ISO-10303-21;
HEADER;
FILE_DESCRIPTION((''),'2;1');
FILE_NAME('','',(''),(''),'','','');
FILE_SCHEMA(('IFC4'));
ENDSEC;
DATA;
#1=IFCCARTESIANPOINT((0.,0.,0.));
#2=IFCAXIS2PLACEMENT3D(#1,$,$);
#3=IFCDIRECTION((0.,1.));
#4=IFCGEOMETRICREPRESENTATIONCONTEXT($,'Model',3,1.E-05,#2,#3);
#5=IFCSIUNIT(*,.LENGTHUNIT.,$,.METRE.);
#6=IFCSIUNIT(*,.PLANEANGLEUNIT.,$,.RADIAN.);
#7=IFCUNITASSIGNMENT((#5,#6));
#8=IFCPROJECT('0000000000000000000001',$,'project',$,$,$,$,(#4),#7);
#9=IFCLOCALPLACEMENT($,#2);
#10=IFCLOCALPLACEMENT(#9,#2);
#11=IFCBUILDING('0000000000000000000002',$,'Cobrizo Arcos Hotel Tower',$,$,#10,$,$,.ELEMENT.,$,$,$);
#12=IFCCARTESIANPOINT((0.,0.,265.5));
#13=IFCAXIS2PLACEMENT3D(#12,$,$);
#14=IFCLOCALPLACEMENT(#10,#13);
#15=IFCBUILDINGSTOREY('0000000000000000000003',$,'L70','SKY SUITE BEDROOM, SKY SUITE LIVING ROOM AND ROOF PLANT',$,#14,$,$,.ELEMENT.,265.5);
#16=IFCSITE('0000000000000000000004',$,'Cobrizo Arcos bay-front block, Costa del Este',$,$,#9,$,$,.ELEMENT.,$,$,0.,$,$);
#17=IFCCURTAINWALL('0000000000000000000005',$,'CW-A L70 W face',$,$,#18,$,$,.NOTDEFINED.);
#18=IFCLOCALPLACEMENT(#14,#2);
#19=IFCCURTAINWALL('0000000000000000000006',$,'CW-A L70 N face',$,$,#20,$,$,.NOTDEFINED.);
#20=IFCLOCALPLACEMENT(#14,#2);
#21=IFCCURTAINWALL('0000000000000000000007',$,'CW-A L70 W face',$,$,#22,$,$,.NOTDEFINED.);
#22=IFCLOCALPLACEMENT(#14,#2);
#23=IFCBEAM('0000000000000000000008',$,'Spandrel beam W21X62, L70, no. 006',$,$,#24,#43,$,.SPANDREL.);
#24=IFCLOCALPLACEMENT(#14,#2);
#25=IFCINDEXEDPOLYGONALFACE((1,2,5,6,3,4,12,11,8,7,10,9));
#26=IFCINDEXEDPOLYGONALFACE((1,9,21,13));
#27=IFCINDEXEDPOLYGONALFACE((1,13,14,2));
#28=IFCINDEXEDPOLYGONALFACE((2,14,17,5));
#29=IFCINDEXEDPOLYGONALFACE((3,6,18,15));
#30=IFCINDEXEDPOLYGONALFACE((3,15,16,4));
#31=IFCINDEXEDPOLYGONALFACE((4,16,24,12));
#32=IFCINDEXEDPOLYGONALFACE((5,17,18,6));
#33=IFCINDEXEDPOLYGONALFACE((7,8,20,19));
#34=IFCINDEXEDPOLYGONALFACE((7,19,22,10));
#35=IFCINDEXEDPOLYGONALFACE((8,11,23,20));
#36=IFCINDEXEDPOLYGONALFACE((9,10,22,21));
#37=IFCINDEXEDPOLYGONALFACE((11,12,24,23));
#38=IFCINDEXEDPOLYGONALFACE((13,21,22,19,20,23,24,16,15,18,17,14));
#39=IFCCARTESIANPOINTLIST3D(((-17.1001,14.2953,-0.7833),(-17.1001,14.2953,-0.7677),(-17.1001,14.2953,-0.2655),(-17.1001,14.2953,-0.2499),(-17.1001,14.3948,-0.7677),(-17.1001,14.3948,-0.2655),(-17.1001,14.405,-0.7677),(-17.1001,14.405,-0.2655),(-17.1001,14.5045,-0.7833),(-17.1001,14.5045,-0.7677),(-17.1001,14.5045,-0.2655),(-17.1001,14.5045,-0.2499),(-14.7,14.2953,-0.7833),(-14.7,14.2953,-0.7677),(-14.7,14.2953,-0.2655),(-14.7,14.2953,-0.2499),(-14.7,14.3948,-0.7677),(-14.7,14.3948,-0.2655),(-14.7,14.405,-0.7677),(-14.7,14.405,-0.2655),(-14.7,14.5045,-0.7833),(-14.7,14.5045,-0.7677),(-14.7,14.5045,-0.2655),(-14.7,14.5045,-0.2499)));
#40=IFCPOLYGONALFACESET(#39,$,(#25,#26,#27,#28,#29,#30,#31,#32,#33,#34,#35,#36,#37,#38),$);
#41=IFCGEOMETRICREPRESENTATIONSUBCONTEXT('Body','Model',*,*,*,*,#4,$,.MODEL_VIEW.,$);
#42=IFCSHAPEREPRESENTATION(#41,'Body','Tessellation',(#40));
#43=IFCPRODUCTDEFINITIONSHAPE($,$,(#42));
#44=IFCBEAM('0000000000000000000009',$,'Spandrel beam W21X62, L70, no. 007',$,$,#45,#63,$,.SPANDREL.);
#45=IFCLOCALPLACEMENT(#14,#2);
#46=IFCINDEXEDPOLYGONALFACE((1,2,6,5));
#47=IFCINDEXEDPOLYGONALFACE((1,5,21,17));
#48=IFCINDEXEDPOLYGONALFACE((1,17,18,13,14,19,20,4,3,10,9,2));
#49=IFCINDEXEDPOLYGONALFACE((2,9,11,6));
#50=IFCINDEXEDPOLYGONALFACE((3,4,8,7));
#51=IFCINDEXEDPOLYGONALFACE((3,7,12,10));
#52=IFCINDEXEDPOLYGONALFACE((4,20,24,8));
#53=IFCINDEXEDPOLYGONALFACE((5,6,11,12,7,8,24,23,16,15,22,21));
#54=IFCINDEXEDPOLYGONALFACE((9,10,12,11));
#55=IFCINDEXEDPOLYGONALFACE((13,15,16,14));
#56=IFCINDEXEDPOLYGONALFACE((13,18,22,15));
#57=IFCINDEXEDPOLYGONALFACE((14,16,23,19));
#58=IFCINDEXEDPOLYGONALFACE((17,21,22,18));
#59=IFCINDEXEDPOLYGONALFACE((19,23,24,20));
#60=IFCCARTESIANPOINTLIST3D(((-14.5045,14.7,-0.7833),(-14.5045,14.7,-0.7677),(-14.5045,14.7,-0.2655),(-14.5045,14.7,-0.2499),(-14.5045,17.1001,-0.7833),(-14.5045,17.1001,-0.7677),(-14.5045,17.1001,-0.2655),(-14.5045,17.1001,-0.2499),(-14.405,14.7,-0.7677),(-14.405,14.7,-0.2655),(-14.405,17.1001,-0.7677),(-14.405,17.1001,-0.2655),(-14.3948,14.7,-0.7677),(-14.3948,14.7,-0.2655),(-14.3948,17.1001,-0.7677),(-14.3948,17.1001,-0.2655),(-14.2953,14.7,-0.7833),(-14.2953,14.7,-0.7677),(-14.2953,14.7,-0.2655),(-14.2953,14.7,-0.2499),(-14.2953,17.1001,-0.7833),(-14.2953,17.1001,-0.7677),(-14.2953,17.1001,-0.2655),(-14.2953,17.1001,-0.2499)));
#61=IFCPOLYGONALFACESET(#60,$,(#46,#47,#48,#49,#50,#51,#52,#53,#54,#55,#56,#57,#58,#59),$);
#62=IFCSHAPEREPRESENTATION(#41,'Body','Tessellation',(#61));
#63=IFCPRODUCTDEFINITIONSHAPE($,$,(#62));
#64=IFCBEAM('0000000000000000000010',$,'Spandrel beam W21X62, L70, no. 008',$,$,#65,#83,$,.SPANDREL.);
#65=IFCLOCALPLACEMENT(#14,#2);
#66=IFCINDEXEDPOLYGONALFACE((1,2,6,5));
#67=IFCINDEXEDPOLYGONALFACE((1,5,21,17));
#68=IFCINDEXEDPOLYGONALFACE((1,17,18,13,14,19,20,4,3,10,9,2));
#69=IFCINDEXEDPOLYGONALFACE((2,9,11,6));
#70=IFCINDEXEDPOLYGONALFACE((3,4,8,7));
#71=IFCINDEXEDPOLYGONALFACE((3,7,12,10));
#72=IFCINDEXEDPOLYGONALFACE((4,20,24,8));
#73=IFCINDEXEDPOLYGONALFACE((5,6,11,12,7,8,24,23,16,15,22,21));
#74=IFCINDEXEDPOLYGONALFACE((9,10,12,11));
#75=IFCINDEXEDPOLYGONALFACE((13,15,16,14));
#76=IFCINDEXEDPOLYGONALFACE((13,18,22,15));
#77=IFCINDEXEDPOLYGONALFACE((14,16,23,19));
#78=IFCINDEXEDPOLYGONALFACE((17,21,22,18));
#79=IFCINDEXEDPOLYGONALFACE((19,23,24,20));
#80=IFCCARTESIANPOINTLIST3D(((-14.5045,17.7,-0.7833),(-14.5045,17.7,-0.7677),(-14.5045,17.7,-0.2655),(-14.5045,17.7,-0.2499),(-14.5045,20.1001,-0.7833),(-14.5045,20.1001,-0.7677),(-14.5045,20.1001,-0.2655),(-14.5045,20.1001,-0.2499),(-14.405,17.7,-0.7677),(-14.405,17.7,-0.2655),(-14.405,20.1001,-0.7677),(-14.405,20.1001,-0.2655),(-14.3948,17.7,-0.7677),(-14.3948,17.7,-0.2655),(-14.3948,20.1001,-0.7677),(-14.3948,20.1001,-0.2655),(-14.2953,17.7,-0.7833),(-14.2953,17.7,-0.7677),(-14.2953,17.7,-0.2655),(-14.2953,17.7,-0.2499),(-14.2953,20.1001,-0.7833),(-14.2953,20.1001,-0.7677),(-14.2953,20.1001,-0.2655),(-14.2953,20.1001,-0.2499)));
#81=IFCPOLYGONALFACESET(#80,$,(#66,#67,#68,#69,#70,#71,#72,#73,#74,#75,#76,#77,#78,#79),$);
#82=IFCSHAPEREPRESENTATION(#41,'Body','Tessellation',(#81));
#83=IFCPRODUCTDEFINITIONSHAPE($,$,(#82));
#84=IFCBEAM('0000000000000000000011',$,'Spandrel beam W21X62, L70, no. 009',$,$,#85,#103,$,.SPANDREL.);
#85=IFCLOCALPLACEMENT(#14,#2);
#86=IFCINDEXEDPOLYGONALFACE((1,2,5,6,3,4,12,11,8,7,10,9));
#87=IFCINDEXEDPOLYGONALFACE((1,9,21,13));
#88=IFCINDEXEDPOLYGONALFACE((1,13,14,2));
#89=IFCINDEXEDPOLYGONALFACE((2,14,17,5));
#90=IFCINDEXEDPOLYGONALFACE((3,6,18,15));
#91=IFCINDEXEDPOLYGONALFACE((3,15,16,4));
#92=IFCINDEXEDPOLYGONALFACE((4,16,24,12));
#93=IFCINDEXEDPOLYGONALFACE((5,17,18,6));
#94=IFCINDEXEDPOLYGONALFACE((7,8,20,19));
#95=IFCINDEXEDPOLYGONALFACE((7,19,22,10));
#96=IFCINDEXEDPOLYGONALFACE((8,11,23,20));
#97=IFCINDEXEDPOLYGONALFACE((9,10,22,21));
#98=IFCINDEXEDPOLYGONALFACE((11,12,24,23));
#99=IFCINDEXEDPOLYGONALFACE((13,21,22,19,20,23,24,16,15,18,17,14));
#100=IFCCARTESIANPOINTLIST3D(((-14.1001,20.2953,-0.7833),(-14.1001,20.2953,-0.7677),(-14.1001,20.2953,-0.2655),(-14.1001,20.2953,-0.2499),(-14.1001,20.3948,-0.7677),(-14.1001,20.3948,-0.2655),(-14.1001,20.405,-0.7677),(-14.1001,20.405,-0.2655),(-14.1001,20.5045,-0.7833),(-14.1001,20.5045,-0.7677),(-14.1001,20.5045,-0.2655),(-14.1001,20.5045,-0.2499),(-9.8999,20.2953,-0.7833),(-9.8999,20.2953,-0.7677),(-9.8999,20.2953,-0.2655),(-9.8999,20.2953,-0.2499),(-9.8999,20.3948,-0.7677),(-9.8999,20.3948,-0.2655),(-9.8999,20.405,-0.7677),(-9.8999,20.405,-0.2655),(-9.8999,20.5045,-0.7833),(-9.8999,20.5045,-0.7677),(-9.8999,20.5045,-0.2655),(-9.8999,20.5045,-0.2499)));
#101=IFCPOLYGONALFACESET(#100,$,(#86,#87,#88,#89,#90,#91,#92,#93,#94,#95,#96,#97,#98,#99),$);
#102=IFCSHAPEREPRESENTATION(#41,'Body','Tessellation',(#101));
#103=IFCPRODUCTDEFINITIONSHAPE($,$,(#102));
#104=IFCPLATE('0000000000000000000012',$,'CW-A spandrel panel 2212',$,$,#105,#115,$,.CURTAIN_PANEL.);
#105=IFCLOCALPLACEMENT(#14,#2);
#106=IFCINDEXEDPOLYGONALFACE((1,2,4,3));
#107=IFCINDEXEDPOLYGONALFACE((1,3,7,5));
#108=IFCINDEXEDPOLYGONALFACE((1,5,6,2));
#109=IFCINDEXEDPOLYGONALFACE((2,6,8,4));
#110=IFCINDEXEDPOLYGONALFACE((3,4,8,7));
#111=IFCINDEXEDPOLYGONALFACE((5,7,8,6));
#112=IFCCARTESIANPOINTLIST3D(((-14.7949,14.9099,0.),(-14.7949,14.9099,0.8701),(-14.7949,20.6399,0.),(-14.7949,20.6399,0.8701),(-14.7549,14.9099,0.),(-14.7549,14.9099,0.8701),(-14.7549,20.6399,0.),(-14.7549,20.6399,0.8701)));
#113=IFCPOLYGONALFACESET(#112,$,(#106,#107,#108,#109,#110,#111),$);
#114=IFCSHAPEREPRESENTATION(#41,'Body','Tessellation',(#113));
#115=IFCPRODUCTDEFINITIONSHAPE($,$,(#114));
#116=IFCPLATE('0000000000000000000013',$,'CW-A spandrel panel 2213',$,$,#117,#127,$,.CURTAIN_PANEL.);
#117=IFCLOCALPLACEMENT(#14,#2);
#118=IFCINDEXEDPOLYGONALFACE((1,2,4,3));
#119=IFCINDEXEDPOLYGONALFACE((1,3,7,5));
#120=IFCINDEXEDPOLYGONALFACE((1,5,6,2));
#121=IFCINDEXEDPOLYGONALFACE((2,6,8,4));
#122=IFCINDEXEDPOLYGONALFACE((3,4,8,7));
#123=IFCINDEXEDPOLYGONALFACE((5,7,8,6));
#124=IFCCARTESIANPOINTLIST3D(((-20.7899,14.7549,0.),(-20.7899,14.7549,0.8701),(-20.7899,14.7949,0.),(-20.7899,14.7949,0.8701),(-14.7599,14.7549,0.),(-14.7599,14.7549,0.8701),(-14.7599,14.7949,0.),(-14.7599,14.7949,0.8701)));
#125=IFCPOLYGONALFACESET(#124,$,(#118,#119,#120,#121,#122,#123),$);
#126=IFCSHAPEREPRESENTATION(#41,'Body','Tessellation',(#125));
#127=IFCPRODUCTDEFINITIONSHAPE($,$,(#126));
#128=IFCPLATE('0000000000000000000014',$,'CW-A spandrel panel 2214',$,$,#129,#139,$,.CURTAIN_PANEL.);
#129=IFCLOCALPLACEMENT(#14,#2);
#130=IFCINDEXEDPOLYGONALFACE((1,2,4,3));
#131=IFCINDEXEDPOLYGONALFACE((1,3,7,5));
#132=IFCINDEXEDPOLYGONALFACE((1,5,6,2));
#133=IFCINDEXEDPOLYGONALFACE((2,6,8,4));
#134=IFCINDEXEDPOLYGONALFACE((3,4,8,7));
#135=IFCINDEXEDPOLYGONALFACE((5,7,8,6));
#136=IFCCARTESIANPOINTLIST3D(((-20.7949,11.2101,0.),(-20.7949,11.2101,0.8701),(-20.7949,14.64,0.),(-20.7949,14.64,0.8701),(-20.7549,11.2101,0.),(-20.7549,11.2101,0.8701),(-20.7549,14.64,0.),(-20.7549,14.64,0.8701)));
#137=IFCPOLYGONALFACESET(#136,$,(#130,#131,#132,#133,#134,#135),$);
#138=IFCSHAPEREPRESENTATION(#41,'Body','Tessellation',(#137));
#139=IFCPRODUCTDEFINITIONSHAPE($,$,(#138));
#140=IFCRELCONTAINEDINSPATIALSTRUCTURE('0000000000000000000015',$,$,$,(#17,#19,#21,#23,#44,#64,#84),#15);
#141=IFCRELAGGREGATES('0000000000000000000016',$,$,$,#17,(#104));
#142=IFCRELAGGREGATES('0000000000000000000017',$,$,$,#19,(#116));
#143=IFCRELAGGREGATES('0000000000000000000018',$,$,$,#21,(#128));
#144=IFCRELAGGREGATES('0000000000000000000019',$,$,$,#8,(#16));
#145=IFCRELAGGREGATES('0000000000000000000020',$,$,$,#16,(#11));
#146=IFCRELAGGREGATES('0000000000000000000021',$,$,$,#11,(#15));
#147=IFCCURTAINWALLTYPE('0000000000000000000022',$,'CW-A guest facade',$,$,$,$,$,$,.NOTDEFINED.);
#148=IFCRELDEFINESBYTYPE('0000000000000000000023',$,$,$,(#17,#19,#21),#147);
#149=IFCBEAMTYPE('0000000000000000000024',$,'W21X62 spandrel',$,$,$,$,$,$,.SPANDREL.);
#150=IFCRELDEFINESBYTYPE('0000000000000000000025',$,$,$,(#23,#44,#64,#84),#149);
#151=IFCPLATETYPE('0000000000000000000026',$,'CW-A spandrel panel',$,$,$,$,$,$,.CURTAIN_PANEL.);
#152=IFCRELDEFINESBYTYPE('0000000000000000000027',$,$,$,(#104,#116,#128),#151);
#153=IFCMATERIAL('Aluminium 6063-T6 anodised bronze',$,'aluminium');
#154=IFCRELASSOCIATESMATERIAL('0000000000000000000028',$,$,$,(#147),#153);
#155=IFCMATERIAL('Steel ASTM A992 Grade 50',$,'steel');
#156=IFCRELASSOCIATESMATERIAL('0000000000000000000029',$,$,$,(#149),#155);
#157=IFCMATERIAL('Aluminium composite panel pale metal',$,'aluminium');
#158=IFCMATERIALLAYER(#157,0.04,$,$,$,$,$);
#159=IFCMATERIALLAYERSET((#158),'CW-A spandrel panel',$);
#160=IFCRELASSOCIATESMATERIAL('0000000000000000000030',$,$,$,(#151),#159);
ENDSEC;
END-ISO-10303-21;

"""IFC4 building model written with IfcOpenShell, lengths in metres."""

from ifc_helpers import new_model, si_unit, direction, frame, origin, origin_2d, place, context, subcontext, project, spatial, rectangle, i_section, extrude, material, layer, layer_set, material_profile, profile_set, type_object, element, aggregate, save


model = new_model("IFC4")

# Units and contexts
model_context = context("Model", 3, precision=1e-05, world=origin(), true_north=direction((0.0, 1.0)))
body_context = subcontext(model_context, "Body", "Model", "MODEL_VIEW")
ifc_project = project(units=[si_unit("LENGTHUNIT", "METRE"), si_unit("PLANEANGLEUNIT", "RADIAN")], contexts=[model_context])

# Site, building, storey
site_placement = place(None, origin())
site = spatial("IfcSite", under=ifc_project, at=site_placement, Name="Cobrizo Arcos bay-front block, Costa del Este", CompositionType="ELEMENT", RefElevation=0.0)
building_placement = place(site_placement, origin())
building = spatial("IfcBuilding", under=site, at=building_placement, Name="Cobrizo Arcos Hotel Tower", CompositionType="ELEMENT")
storey_placement = place(building_placement, frame((0.0, 0.0, 265.5)))
storey = spatial("IfcBuildingStorey", under=building, at=storey_placement, Name="L70", Description="SKY SUITE BEDROOM, SKY SUITE LIVING ROOM AND ROOF PLANT", CompositionType="ELEMENT", Elevation=265.5)

# Shared definitions
ifc_material_1 = material(Name="Aluminium 6063-T6 anodised bronze", Category="aluminium")
curtain_wall_type = type_object("IfcCurtainWallType", Name="CW-A guest facade", PredefinedType="NOTDEFINED", material=ifc_material_1)

# Curtain walls
curtain_wall_1_placement = place(storey_placement, origin())
curtain_wall_1 = element("IfcCurtainWall", 1, at=curtain_wall_1_placement, inside=storey, type_object=curtain_wall_type, Name="CW-A L70 W face", PredefinedType="NOTDEFINED")
curtain_wall_2_placement = place(storey_placement, origin())
curtain_wall_2 = element("IfcCurtainWall", 2, at=curtain_wall_2_placement, inside=storey, type_object=curtain_wall_type, Name="CW-A L70 N face", PredefinedType="NOTDEFINED")
curtain_wall_3_placement = place(storey_placement, origin())
curtain_wall_3 = element("IfcCurtainWall", 3, at=curtain_wall_3_placement, inside=storey, type_object=curtain_wall_type, Name="CW-A L70 W face", PredefinedType="NOTDEFINED")

# Beams
ifc_material_2 = material(Name="Steel ASTM A992 Grade 50", Category="steel")
ifc_material_profile_1 = material_profile(ifc_material_2, i_section(OverallWidth=0.2092, OverallDepth=0.5334, WebThickness=0.0103, FlangeThickness=0.0156, at=origin_2d()), Name="W21X62")
ifc_profile_set_1 = profile_set([ifc_material_profile_1], Name="Steel ASTM A992 Grade 50")
beam_type = type_object("IfcBeamType", Name="W21X62 spandrel", PredefinedType="SPANDREL", material=ifc_profile_set_1)
for number, where, z_axis, x_axis, name in (
    (4, (-17.1001, 14.3999, -0.5166), (1.0, 0.0, 0.0), (0.0, 1.0, 0.0), "Spandrel beam W21X62, L70, no. 006"),
    (5, (-14.3999, 14.7, -0.5166), (0.0, 1.0, 0.0), (-1.0, 0.0, 0.0), "Spandrel beam W21X62, L70, no. 007"),
    (6, (-14.3999, 17.7, -0.5166), (0.0, 1.0, 0.0), (-1.0, 0.0, 0.0), "Spandrel beam W21X62, L70, no. 008"),
):
    element("IfcBeam", number, at=place(storey_placement, frame(where, z_axis=z_axis, x_axis=x_axis)), inside=storey, type_object=beam_type, Name=name, PredefinedType="SPANDREL", context=body_context, shape_type="SweptSolid", body=[
        extrude(i_section(OverallWidth=0.2092, OverallDepth=0.5334, WebThickness=0.0103, FlangeThickness=0.0156, at=origin_2d()), origin(), (0.0, 0.0, 1.0), 2.4001),
    ])
beam_placement = place(storey_placement, frame((-14.1001, 20.3999, -0.5166), z_axis=(1.0, 0.0, 0.0), x_axis=(0.0, 1.0, 0.0)))
element("IfcBeam", 7, at=beam_placement, inside=storey, type_object=beam_type, Name="Spandrel beam W21X62, L70, no. 009", PredefinedType="SPANDREL", context=body_context, shape_type="SweptSolid", body=[
    extrude(i_section(OverallWidth=0.2092, OverallDepth=0.5334, WebThickness=0.0103, FlangeThickness=0.0156, at=origin_2d()), origin(), (0.0, 0.0, 1.0), 4.2002),
])

# Plates
ifc_material_3 = material(Name="Aluminium composite panel pale metal", Category="aluminium")
ifc_layer = layer(ifc_material_3, 0.04)
ifc_layer_set = layer_set([ifc_layer], Name="CW-A spandrel panel")
plate_type = type_object("IfcPlateType", Name="CW-A spandrel panel", PredefinedType="CURTAIN_PANEL", material=ifc_layer_set)
plate_1_placement = place(storey_placement, frame((-14.7749, 17.7749, 0.0), z_axis=(0.0, 0.0, 1.0), x_axis=(0.0, -1.0, 0.0)))
plate_1 = element("IfcPlate", 8, at=plate_1_placement, type_object=plate_type, Name="CW-A spandrel panel 2212", PredefinedType="CURTAIN_PANEL", context=body_context, shape_type="SweptSolid", body=[
    extrude(rectangle(XDim=5.73, YDim=0.04, at=origin_2d()), origin(), (0.0, 0.0, 1.0), 0.8701),
])
aggregate(curtain_wall_1, [plate_1])
plate_2_placement = place(storey_placement, frame((-17.7749, 14.7749, 0.0), z_axis=(0.0, 0.0, 1.0), x_axis=(-1.0, 0.0, 0.0)))
plate_2 = element("IfcPlate", 9, at=plate_2_placement, type_object=plate_type, Name="CW-A spandrel panel 2213", PredefinedType="CURTAIN_PANEL", context=body_context, shape_type="SweptSolid", body=[
    extrude(rectangle(XDim=6.03, YDim=0.04, at=origin_2d()), origin(), (0.0, 0.0, 1.0), 0.8701),
])
aggregate(curtain_wall_2, [plate_2])
plate_3_placement = place(storey_placement, frame((-20.7749, 12.925, 0.0), z_axis=(0.0, 0.0, 1.0), x_axis=(0.0, -1.0, 0.0)))
plate_3 = element("IfcPlate", 10, at=plate_3_placement, type_object=plate_type, Name="CW-A spandrel panel 2214", PredefinedType="CURTAIN_PANEL", context=body_context, shape_type="SweptSolid", body=[
    extrude(rectangle(XDim=3.4299, YDim=0.04, at=origin_2d()), origin(), (0.0, 0.0, 1.0), 0.8701),
])
aggregate(curtain_wall_3, [plate_3])

save(model, "model.ifc")
